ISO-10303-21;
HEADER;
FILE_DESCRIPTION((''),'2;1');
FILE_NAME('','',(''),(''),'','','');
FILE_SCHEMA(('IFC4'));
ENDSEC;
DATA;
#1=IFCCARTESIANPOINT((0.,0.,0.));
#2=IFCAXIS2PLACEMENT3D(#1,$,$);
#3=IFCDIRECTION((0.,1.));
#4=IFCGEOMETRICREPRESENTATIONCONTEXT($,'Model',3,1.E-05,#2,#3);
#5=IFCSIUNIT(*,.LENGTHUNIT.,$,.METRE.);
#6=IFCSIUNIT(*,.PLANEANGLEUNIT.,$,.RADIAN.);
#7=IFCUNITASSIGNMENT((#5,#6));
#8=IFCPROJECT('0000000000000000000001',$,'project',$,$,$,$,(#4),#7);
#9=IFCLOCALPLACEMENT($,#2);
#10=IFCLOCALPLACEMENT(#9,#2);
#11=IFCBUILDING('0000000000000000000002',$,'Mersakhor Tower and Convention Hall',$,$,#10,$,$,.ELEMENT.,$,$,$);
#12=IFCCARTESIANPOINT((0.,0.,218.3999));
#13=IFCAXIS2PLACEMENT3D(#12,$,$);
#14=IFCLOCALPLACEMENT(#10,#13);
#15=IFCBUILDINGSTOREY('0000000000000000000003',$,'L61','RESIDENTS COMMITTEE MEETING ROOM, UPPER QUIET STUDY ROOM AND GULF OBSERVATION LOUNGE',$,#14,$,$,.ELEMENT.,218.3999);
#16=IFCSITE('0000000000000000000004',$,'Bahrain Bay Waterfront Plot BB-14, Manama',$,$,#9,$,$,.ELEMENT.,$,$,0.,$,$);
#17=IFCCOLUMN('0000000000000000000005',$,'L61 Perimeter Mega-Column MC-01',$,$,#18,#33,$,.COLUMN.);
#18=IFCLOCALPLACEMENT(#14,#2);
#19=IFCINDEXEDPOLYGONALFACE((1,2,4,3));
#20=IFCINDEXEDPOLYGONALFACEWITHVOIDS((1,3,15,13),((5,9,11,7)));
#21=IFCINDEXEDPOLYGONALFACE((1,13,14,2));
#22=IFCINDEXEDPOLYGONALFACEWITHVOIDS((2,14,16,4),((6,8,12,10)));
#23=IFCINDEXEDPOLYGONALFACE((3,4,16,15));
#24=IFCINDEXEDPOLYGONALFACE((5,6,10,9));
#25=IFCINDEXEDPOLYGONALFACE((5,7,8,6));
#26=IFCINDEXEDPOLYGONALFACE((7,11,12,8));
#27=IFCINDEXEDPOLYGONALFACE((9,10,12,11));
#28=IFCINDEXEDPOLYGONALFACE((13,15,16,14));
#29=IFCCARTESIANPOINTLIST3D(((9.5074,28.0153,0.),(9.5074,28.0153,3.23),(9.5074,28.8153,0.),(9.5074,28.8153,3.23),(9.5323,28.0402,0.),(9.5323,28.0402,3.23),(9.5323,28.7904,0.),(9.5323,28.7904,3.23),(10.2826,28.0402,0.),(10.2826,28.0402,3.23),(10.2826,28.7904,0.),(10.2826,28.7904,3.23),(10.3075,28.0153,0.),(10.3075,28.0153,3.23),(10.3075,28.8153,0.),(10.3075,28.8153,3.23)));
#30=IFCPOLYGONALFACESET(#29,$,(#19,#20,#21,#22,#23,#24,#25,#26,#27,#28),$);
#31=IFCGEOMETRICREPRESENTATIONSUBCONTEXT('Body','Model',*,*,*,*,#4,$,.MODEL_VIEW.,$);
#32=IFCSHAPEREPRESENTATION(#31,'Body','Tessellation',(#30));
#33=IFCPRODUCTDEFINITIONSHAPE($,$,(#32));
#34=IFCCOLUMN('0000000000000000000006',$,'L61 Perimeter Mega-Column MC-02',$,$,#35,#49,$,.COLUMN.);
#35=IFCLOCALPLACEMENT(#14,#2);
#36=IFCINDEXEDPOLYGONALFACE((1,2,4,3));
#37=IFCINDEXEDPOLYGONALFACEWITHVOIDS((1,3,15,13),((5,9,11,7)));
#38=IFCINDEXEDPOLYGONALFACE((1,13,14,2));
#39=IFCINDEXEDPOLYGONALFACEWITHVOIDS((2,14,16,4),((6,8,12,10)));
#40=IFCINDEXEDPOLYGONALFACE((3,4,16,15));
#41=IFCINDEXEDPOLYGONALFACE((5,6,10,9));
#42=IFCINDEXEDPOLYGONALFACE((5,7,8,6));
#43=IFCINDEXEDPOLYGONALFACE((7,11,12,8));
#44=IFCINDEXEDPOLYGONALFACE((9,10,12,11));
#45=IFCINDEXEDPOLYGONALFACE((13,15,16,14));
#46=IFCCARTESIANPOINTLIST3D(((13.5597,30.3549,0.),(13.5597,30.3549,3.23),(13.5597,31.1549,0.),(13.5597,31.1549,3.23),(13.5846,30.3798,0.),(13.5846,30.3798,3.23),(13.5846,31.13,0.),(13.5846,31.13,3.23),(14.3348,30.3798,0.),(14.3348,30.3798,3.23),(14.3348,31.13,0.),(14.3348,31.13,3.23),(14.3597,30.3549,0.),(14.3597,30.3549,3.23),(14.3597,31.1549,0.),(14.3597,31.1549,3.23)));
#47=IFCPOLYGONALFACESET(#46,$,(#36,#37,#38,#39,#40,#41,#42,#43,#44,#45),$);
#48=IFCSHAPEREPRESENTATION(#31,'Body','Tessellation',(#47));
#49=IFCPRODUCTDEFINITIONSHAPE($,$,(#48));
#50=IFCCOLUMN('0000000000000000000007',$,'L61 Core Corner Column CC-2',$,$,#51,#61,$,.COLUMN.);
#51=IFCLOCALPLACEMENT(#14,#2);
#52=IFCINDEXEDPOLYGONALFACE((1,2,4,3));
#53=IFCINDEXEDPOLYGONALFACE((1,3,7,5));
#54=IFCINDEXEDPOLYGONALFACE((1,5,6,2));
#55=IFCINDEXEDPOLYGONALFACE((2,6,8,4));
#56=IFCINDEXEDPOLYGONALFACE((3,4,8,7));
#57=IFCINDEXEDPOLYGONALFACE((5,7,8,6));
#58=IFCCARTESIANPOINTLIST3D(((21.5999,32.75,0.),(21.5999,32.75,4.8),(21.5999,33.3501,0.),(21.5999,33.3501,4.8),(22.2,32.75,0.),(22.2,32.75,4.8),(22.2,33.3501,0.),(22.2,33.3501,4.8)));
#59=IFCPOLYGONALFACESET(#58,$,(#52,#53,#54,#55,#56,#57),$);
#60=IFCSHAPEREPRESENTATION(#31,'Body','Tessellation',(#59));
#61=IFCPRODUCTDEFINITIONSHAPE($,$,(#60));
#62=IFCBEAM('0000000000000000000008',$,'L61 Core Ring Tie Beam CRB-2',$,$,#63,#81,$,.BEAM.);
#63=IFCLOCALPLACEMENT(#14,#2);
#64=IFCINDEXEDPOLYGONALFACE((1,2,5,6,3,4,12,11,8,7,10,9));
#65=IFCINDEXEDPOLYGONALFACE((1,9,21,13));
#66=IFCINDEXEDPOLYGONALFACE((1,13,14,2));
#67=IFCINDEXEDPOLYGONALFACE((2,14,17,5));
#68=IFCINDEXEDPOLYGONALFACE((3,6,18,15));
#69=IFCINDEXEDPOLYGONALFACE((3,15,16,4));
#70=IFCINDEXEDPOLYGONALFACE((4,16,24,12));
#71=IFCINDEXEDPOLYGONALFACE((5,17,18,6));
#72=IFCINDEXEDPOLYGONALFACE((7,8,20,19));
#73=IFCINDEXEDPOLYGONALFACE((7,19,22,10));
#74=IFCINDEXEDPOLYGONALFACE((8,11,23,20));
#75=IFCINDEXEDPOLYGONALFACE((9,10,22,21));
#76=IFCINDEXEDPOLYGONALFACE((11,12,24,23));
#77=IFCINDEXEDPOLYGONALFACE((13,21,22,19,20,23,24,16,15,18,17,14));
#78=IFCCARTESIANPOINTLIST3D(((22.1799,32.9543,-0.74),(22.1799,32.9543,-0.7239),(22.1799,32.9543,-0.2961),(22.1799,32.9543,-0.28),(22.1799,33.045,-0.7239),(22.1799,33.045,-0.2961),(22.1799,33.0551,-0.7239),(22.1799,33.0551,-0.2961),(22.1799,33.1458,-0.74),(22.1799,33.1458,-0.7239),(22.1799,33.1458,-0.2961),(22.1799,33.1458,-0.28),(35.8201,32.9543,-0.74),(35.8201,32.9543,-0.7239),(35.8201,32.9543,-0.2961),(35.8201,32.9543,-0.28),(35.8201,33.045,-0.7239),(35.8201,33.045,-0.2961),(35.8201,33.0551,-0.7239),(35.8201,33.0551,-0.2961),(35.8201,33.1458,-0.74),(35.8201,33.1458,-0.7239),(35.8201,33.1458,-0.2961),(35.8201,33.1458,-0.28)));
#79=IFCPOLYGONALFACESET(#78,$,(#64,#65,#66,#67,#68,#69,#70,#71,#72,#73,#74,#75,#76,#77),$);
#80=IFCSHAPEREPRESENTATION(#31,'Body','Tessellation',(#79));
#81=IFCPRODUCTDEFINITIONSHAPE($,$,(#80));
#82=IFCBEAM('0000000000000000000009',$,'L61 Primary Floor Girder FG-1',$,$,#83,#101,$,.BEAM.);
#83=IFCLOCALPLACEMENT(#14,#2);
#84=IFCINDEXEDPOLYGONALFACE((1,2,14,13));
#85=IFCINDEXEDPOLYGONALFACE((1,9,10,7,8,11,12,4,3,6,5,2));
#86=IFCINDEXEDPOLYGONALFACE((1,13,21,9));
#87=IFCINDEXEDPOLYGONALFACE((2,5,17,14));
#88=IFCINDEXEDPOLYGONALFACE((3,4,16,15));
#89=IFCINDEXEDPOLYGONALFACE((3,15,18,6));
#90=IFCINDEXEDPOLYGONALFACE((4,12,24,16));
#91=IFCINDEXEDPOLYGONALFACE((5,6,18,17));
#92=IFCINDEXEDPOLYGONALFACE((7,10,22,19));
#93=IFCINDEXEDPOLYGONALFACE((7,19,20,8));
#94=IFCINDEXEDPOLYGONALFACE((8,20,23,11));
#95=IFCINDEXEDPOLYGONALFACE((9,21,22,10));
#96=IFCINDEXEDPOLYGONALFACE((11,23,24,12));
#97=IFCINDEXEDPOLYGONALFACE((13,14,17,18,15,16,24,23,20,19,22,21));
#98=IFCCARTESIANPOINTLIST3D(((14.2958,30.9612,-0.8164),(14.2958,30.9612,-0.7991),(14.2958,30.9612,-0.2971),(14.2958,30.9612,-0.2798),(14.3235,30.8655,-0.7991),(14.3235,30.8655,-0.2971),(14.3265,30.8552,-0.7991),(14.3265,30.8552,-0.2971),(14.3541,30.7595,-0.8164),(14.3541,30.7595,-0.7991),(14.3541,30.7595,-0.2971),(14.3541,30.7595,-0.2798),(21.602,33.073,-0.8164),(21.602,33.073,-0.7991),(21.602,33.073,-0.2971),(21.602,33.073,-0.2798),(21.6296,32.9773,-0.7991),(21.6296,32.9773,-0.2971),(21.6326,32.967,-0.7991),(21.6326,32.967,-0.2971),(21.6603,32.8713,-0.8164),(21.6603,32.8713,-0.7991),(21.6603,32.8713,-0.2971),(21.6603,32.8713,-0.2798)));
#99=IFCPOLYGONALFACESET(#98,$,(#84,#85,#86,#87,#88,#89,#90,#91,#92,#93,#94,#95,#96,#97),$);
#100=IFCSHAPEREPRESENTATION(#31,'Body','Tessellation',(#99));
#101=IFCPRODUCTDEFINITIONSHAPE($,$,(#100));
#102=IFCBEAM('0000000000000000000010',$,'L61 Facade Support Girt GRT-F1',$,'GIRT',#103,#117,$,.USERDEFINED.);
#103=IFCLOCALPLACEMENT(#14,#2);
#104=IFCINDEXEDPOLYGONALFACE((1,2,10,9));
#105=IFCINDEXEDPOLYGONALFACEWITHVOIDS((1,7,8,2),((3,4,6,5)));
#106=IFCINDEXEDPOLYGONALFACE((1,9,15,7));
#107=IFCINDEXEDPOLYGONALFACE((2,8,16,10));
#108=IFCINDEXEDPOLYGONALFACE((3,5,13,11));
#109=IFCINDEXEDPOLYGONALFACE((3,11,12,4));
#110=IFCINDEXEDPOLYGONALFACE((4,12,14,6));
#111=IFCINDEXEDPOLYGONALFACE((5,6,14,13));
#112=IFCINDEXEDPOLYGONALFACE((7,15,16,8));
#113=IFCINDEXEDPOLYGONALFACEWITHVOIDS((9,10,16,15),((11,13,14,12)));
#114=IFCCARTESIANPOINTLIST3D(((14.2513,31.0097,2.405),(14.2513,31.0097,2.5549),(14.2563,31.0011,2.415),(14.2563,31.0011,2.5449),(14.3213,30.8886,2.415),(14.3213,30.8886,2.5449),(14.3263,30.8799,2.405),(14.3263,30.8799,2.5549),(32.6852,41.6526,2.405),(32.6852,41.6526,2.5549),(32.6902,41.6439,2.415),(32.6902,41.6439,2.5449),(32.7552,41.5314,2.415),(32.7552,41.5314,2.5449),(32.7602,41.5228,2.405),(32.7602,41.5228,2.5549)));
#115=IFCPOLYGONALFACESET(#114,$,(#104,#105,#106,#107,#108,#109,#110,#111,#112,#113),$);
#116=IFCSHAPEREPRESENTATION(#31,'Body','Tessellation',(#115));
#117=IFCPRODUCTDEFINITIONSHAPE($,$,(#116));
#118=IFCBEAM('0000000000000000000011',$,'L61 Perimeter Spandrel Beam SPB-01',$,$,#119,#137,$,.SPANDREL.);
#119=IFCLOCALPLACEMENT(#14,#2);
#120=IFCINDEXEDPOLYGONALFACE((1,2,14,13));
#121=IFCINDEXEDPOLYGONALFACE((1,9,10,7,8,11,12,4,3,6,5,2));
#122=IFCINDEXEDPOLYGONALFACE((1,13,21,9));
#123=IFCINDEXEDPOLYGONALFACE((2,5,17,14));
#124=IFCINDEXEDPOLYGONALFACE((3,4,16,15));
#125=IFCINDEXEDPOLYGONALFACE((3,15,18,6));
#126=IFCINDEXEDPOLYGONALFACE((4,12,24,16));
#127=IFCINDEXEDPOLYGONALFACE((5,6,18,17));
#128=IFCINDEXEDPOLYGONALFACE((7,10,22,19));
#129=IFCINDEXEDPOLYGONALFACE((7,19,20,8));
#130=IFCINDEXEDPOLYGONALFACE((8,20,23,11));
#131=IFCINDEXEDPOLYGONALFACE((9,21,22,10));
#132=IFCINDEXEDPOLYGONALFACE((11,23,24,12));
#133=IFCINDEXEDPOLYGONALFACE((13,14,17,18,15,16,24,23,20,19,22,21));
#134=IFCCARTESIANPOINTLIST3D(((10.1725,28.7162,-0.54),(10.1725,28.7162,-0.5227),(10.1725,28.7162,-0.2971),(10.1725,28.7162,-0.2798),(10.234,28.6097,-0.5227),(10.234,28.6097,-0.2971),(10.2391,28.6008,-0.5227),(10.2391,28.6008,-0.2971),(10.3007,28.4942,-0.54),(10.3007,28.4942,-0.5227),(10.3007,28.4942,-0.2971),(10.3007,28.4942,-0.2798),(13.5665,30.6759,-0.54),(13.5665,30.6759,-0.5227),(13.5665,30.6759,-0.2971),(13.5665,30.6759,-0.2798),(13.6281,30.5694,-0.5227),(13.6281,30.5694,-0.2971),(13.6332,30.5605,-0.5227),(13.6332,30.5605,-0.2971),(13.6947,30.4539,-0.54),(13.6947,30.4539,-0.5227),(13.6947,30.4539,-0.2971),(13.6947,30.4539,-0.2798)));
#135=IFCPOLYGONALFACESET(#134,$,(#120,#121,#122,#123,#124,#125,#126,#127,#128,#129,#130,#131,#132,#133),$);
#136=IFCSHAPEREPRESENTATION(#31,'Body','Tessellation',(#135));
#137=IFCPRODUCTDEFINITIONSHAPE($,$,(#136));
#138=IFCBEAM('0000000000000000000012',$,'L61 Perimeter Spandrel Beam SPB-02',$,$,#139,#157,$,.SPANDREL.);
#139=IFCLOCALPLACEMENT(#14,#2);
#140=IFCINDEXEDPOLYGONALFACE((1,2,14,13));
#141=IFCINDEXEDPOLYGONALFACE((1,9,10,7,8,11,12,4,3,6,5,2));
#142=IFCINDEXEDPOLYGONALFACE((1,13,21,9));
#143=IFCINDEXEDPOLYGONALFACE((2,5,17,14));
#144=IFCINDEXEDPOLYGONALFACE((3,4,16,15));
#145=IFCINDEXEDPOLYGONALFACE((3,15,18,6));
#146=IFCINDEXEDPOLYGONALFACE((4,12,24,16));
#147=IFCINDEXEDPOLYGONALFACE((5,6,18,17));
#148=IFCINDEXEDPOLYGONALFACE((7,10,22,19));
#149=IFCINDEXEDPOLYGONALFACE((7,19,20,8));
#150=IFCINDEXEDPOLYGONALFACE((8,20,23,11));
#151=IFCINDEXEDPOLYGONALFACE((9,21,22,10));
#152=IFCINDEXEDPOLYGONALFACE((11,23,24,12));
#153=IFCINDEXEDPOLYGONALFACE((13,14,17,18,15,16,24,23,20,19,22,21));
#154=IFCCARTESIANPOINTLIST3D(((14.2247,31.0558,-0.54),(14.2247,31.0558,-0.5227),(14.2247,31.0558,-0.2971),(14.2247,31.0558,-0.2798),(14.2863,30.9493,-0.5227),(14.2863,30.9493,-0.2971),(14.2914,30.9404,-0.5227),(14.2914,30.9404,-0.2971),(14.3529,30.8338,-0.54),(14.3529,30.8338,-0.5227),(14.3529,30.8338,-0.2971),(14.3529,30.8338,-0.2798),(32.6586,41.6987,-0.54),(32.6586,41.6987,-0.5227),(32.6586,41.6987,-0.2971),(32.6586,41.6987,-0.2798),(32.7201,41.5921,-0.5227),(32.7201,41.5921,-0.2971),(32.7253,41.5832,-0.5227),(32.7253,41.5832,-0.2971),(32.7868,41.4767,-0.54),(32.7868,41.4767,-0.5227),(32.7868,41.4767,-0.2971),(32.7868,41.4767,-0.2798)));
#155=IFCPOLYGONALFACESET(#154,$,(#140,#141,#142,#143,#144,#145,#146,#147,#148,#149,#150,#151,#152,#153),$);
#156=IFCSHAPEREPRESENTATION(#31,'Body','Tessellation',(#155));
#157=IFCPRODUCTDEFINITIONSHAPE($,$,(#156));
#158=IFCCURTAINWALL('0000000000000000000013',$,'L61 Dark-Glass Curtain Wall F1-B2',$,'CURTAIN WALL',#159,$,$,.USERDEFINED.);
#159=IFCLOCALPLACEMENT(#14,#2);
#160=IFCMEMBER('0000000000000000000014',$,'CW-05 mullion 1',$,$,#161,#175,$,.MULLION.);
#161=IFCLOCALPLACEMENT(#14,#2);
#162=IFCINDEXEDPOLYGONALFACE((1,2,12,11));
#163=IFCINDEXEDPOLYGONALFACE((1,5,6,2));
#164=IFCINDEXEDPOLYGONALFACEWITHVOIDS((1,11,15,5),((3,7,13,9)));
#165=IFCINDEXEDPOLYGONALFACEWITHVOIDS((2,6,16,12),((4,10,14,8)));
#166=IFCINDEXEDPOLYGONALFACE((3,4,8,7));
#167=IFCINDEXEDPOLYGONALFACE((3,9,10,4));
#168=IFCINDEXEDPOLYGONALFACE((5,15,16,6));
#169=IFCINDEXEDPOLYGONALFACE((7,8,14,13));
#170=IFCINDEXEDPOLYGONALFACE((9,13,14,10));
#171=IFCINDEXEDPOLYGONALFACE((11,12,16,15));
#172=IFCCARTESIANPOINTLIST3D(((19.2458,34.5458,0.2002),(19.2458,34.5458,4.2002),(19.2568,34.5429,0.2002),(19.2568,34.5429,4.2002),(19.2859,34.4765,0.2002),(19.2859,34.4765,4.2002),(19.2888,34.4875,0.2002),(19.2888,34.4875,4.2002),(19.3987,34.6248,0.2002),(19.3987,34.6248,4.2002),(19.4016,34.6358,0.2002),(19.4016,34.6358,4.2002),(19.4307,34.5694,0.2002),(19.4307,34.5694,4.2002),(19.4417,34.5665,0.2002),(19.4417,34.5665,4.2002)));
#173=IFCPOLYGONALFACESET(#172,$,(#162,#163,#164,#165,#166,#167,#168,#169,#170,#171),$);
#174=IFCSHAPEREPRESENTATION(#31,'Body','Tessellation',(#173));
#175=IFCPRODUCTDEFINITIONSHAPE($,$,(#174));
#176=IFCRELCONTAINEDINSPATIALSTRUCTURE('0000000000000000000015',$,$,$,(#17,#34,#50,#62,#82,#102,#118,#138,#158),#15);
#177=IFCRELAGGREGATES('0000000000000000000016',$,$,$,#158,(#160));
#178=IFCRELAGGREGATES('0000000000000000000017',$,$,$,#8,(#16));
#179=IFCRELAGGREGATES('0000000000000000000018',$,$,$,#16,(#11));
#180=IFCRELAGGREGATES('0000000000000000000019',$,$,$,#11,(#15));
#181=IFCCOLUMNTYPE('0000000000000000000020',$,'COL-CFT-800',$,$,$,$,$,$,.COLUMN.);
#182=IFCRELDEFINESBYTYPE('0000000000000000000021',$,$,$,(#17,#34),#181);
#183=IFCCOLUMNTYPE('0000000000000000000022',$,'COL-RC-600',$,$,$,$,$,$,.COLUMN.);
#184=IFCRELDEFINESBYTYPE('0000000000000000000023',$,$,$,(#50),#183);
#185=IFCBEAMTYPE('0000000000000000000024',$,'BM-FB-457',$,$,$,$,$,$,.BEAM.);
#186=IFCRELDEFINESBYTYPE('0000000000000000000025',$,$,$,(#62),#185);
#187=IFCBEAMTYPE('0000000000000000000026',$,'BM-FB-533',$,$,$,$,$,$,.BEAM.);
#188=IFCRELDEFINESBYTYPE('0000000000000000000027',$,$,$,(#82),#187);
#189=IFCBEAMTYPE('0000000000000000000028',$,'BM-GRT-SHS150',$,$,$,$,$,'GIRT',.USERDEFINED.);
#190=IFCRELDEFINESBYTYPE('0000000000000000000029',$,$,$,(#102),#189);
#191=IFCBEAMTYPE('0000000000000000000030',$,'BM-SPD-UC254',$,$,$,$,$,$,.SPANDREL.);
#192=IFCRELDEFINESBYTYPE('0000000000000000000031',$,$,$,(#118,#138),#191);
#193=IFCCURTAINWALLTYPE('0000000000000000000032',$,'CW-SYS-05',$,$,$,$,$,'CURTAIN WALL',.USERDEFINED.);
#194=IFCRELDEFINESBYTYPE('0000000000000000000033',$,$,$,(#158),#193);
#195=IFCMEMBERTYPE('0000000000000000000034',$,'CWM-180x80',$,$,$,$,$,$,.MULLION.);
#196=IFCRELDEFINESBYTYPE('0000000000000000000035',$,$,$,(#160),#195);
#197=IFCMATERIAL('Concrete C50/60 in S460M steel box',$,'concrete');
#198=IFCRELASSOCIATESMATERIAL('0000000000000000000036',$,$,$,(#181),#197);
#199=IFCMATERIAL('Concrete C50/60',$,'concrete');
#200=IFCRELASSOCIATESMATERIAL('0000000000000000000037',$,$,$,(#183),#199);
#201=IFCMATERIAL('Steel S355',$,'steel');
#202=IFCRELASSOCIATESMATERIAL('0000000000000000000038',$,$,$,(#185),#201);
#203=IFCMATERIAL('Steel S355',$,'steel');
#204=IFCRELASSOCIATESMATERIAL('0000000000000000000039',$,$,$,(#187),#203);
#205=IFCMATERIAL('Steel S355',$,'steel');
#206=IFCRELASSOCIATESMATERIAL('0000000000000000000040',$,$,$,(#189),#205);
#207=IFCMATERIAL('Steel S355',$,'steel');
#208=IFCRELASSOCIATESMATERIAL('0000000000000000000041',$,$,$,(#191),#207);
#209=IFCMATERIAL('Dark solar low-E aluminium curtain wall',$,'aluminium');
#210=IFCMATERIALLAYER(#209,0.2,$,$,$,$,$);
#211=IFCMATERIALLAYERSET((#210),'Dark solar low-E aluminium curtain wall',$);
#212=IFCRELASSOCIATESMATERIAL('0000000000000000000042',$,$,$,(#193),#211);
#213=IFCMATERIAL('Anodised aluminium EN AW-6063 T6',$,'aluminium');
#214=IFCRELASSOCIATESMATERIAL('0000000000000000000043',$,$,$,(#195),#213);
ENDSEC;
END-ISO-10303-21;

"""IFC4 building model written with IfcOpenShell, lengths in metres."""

from ifc_helpers import new_model, si_unit, direction, frame, origin, origin_2d, place, context, subcontext, project, spatial, rectangle, hollow_rectangle, i_section, extrude, material, layer, layer_set, material_profile, profile_set, type_object, element, aggregate, save


model = new_model("IFC4")

# Units and contexts
model_context = context("Model", 3, precision=1e-05, world=origin(), true_north=direction((0.0, 1.0)))
body_context = subcontext(model_context, "Body", "Model", "MODEL_VIEW")
ifc_project = project(units=[si_unit("LENGTHUNIT", "METRE"), si_unit("PLANEANGLEUNIT", "RADIAN")], contexts=[model_context])

# Site, building, storey
site_placement = place(None, origin())
site = spatial("IfcSite", under=ifc_project, at=site_placement, Name="Bahrain Bay Waterfront Plot BB-14, Manama", CompositionType="ELEMENT", RefElevation=0.0)
building_placement = place(site_placement, origin())
building = spatial("IfcBuilding", under=site, at=building_placement, Name="Mersakhor Tower and Convention Hall", CompositionType="ELEMENT")
storey_placement = place(building_placement, frame((0.0, 0.0, 218.3999)))
storey = spatial("IfcBuildingStorey", under=building, at=storey_placement, Name="L61", Description="RESIDENTS COMMITTEE MEETING ROOM, UPPER QUIET STUDY ROOM AND GULF OBSERVATION LOUNGE", CompositionType="ELEMENT", Elevation=218.3999)

# Columns
ifc_material_1 = material(Name="Concrete C50/60 in S460M steel box", Category="concrete")
ifc_material_profile_1 = material_profile(ifc_material_1, hollow_rectangle(XDim=0.8, YDim=0.8, WallThickness=0.0249, at=origin_2d()), Name="SHS 800x800x25")
ifc_profile_set_1 = profile_set([ifc_material_profile_1], Name="Concrete C50/60 in S460M steel box")
column_type_1 = type_object("IfcColumnType", Name="COL-CFT-800", PredefinedType="COLUMN", material=ifc_profile_set_1)
for number, where, z_axis, x_axis, name in (
    (1, (9.9075, 28.4153, 0.0), (0.0, 0.0, 1.0), (1.0, 0.0, 0.0), "L61 Perimeter Mega-Column MC-01"),
    (2, (13.9597, 30.7549, 0.0), (0.0, 0.0, 1.0), (1.0, 0.0, 0.0), "L61 Perimeter Mega-Column MC-02"),
):
    element("IfcColumn", number, at=place(storey_placement, frame(where, z_axis=z_axis, x_axis=x_axis)), inside=storey, type_object=column_type_1, Name=name, PredefinedType="COLUMN", context=body_context, shape_type="SweptSolid", body=[
        extrude(hollow_rectangle(XDim=0.8, YDim=0.8, WallThickness=0.0249, at=origin_2d()), origin(), (0.0, 0.0, 1.0), 3.23),
    ])
ifc_material_2 = material(Name="Concrete C50/60", Category="concrete")
ifc_material_profile_2 = material_profile(ifc_material_2, rectangle(XDim=0.6001, YDim=0.6001, at=origin_2d()), Name="RC 600x600")
ifc_profile_set_2 = profile_set([ifc_material_profile_2], Name="Concrete C50/60")
column_type_2 = type_object("IfcColumnType", Name="COL-RC-600", PredefinedType="COLUMN", material=ifc_profile_set_2)
column_placement = place(storey_placement, frame((21.8999, 33.05, 0.0), z_axis=(0.0, 0.0, 1.0), x_axis=(1.0, 0.0, 0.0)))
element("IfcColumn", 3, at=column_placement, inside=storey, type_object=column_type_2, Name="L61 Core Corner Column CC-2", PredefinedType="COLUMN", context=body_context, shape_type="SweptSolid", body=[
    extrude(rectangle(XDim=0.6001, YDim=0.6001, at=origin_2d()), origin(), (0.0, 0.0, 1.0), 4.8),
])

# Beams
ifc_material_3 = material(Name="Steel S355", Category="steel")
ifc_material_profile_3 = material_profile(ifc_material_3, i_section(OverallWidth=0.1914, OverallDepth=0.46, WebThickness=0.01, FlangeThickness=0.0161, at=origin_2d()), Name="UB 457x191x82")
ifc_profile_set_3 = profile_set([ifc_material_profile_3], Name="Steel S355")
beam_type_1 = type_object("IfcBeamType", Name="BM-FB-457", PredefinedType="BEAM", material=ifc_profile_set_3)
beam_1_placement = place(storey_placement, frame((22.1799, 33.05, -0.51), z_axis=(1.0, 0.0, 0.0), x_axis=(0.0, 1.0, 0.0)))
element("IfcBeam", 4, at=beam_1_placement, inside=storey, type_object=beam_type_1, Name="L61 Core Ring Tie Beam CRB-2", PredefinedType="BEAM", context=body_context, shape_type="SweptSolid", body=[
    extrude(i_section(OverallWidth=0.1914, OverallDepth=0.46, WebThickness=0.01, FlangeThickness=0.0161, at=origin_2d()), origin(), (0.0, 0.0, 1.0), 13.6401),
])
ifc_material_4 = material(Name="Steel S355", Category="steel")
ifc_material_profile_4 = material_profile(ifc_material_4, i_section(OverallWidth=0.21, OverallDepth=0.5366, WebThickness=0.0107, FlangeThickness=0.0173, at=origin_2d()), Name="UB 533x210x101")
ifc_profile_set_4 = profile_set([ifc_material_profile_4], Name="Steel S355")
beam_type_2 = type_object("IfcBeamType", Name="BM-FB-533", PredefinedType="BEAM", material=ifc_profile_set_4)
beam_2_placement = place(storey_placement, frame((21.6311, 32.9722, -0.5481), z_axis=(-0.960674, -0.277679, 0.0), x_axis=(0.277679, -0.960674, 0.0)))
element("IfcBeam", 5, at=beam_2_placement, inside=storey, type_object=beam_type_2, Name="L61 Primary Floor Girder FG-1", PredefinedType="BEAM", context=body_context, shape_type="SweptSolid", body=[
    extrude(i_section(OverallWidth=0.21, OverallDepth=0.5366, WebThickness=0.0107, FlangeThickness=0.0173, at=origin_2d()), origin(), (0.0, 0.0, 1.0), 7.6052),
])
ifc_material_5 = material(Name="Steel S355", Category="steel")
ifc_material_profile_5 = material_profile(ifc_material_5, hollow_rectangle(XDim=0.1499, YDim=0.1499, WallThickness=0.01, at=origin_2d()), Name="SHS 150x150x10")
ifc_profile_set_5 = profile_set([ifc_material_profile_5], Name="Steel S355")
beam_type_3 = type_object("IfcBeamType", Name="BM-GRT-SHS150", ElementType="GIRT", PredefinedType="USERDEFINED", material=ifc_profile_set_5)
beam_3_placement = place(storey_placement, frame((14.2888, 30.9448, 2.48), z_axis=(0.866025, 0.500001, 0.0), x_axis=(-0.500001, 0.866025, 0.0)))
element("IfcBeam", 6, at=beam_3_placement, inside=storey, type_object=beam_type_3, Name="L61 Facade Support Girt GRT-F1", ObjectType="GIRT", PredefinedType="USERDEFINED", context=body_context, shape_type="SweptSolid", body=[
    extrude(hollow_rectangle(XDim=0.1499, YDim=0.1499, WallThickness=0.01, at=origin_2d()), origin(), (0.0, 0.0, 1.0), 21.2856),
])
ifc_material_6 = material(Name="Steel S355", Category="steel")
ifc_material_profile_6 = material_profile(ifc_material_6, i_section(OverallWidth=0.2563, OverallDepth=0.2603, WebThickness=0.0103, FlangeThickness=0.0173, at=origin_2d()), Name="UC 254x254x89")
ifc_profile_set_6 = profile_set([ifc_material_profile_6], Name="Steel S355")
beam_type_4 = type_object("IfcBeamType", Name="BM-SPD-UC254", PredefinedType="SPANDREL", material=ifc_profile_set_6)
beam_4_placement = place(storey_placement, frame((10.2366, 28.6052, -0.4099), z_axis=(0.866007, 0.500032, 0.0), x_axis=(-0.500032, 0.866007, 0.0)))
element("IfcBeam", 7, at=beam_4_placement, inside=storey, type_object=beam_type_4, Name="L61 Perimeter Spandrel Beam SPB-01", PredefinedType="SPANDREL", context=body_context, shape_type="SweptSolid", body=[
    extrude(i_section(OverallWidth=0.2563, OverallDepth=0.2603, WebThickness=0.0103, FlangeThickness=0.0173, at=origin_2d()), origin(), (0.0, 0.0, 1.0), 3.9192),
])
beam_5_placement = place(storey_placement, frame((14.2888, 30.9448, -0.4099), z_axis=(0.866025, 0.500001, 0.0), x_axis=(-0.500001, 0.866025, 0.0)))
element("IfcBeam", 8, at=beam_5_placement, inside=storey, type_object=beam_type_4, Name="L61 Perimeter Spandrel Beam SPB-02", PredefinedType="SPANDREL", context=body_context, shape_type="SweptSolid", body=[
    extrude(i_section(OverallWidth=0.2563, OverallDepth=0.2603, WebThickness=0.0103, FlangeThickness=0.0173, at=origin_2d()), origin(), (0.0, 0.0, 1.0), 21.2856),
])

# Curtain wall, member
ifc_material_7 = material(Name="Dark solar low-E aluminium curtain wall", Category="aluminium")
ifc_layer_1 = layer(ifc_material_7, 0.2)
ifc_layer_set_1 = layer_set([ifc_layer_1], Name="Dark solar low-E aluminium curtain wall")
curtain_wall_type = type_object("IfcCurtainWallType", Name="CW-SYS-05", ElementType="CURTAIN WALL", PredefinedType="USERDEFINED", material=ifc_layer_set_1)
curtain_wall_placement = place(storey_placement, origin())
curtain_wall = element("IfcCurtainWall", 9, at=curtain_wall_placement, inside=storey, type_object=curtain_wall_type, Name="L61 Dark-Glass Curtain Wall F1-B2", ObjectType="CURTAIN WALL", PredefinedType="USERDEFINED")
ifc_material_8 = material(Name="Anodised aluminium EN AW-6063 T6", Category="aluminium")
ifc_material_profile_7 = material_profile(ifc_material_8, hollow_rectangle(XDim=0.0801, YDim=0.1799, WallThickness=0.0081, at=origin_2d()), Name="RHS 180x80x8")
ifc_profile_set_7 = profile_set([ifc_material_profile_7], Name="Anodised aluminium EN AW-6063 T6")
member_type_1 = type_object("IfcMemberType", Name="CWM-180x80", PredefinedType="MULLION", material=ifc_profile_set_7)
member_1_placement = place(storey_placement, frame((19.3438, 34.5562, 0.2002), z_axis=(0.0, 0.0, 1.0), x_axis=(-0.500008, 0.866021, 0.0)))
member_1 = element("IfcMember", 10, at=member_1_placement, type_object=member_type_1, Name="CW-05 mullion 1", PredefinedType="MULLION", context=body_context, shape_type="SweptSolid", body=[
    extrude(hollow_rectangle(XDim=0.0801, YDim=0.1799, WallThickness=0.0081, at=origin_2d()), origin(), (0.0, 0.0, 1.0), 4.0),
])

aggregate(curtain_wall, [member_1])

save(model, "model.ifc")
